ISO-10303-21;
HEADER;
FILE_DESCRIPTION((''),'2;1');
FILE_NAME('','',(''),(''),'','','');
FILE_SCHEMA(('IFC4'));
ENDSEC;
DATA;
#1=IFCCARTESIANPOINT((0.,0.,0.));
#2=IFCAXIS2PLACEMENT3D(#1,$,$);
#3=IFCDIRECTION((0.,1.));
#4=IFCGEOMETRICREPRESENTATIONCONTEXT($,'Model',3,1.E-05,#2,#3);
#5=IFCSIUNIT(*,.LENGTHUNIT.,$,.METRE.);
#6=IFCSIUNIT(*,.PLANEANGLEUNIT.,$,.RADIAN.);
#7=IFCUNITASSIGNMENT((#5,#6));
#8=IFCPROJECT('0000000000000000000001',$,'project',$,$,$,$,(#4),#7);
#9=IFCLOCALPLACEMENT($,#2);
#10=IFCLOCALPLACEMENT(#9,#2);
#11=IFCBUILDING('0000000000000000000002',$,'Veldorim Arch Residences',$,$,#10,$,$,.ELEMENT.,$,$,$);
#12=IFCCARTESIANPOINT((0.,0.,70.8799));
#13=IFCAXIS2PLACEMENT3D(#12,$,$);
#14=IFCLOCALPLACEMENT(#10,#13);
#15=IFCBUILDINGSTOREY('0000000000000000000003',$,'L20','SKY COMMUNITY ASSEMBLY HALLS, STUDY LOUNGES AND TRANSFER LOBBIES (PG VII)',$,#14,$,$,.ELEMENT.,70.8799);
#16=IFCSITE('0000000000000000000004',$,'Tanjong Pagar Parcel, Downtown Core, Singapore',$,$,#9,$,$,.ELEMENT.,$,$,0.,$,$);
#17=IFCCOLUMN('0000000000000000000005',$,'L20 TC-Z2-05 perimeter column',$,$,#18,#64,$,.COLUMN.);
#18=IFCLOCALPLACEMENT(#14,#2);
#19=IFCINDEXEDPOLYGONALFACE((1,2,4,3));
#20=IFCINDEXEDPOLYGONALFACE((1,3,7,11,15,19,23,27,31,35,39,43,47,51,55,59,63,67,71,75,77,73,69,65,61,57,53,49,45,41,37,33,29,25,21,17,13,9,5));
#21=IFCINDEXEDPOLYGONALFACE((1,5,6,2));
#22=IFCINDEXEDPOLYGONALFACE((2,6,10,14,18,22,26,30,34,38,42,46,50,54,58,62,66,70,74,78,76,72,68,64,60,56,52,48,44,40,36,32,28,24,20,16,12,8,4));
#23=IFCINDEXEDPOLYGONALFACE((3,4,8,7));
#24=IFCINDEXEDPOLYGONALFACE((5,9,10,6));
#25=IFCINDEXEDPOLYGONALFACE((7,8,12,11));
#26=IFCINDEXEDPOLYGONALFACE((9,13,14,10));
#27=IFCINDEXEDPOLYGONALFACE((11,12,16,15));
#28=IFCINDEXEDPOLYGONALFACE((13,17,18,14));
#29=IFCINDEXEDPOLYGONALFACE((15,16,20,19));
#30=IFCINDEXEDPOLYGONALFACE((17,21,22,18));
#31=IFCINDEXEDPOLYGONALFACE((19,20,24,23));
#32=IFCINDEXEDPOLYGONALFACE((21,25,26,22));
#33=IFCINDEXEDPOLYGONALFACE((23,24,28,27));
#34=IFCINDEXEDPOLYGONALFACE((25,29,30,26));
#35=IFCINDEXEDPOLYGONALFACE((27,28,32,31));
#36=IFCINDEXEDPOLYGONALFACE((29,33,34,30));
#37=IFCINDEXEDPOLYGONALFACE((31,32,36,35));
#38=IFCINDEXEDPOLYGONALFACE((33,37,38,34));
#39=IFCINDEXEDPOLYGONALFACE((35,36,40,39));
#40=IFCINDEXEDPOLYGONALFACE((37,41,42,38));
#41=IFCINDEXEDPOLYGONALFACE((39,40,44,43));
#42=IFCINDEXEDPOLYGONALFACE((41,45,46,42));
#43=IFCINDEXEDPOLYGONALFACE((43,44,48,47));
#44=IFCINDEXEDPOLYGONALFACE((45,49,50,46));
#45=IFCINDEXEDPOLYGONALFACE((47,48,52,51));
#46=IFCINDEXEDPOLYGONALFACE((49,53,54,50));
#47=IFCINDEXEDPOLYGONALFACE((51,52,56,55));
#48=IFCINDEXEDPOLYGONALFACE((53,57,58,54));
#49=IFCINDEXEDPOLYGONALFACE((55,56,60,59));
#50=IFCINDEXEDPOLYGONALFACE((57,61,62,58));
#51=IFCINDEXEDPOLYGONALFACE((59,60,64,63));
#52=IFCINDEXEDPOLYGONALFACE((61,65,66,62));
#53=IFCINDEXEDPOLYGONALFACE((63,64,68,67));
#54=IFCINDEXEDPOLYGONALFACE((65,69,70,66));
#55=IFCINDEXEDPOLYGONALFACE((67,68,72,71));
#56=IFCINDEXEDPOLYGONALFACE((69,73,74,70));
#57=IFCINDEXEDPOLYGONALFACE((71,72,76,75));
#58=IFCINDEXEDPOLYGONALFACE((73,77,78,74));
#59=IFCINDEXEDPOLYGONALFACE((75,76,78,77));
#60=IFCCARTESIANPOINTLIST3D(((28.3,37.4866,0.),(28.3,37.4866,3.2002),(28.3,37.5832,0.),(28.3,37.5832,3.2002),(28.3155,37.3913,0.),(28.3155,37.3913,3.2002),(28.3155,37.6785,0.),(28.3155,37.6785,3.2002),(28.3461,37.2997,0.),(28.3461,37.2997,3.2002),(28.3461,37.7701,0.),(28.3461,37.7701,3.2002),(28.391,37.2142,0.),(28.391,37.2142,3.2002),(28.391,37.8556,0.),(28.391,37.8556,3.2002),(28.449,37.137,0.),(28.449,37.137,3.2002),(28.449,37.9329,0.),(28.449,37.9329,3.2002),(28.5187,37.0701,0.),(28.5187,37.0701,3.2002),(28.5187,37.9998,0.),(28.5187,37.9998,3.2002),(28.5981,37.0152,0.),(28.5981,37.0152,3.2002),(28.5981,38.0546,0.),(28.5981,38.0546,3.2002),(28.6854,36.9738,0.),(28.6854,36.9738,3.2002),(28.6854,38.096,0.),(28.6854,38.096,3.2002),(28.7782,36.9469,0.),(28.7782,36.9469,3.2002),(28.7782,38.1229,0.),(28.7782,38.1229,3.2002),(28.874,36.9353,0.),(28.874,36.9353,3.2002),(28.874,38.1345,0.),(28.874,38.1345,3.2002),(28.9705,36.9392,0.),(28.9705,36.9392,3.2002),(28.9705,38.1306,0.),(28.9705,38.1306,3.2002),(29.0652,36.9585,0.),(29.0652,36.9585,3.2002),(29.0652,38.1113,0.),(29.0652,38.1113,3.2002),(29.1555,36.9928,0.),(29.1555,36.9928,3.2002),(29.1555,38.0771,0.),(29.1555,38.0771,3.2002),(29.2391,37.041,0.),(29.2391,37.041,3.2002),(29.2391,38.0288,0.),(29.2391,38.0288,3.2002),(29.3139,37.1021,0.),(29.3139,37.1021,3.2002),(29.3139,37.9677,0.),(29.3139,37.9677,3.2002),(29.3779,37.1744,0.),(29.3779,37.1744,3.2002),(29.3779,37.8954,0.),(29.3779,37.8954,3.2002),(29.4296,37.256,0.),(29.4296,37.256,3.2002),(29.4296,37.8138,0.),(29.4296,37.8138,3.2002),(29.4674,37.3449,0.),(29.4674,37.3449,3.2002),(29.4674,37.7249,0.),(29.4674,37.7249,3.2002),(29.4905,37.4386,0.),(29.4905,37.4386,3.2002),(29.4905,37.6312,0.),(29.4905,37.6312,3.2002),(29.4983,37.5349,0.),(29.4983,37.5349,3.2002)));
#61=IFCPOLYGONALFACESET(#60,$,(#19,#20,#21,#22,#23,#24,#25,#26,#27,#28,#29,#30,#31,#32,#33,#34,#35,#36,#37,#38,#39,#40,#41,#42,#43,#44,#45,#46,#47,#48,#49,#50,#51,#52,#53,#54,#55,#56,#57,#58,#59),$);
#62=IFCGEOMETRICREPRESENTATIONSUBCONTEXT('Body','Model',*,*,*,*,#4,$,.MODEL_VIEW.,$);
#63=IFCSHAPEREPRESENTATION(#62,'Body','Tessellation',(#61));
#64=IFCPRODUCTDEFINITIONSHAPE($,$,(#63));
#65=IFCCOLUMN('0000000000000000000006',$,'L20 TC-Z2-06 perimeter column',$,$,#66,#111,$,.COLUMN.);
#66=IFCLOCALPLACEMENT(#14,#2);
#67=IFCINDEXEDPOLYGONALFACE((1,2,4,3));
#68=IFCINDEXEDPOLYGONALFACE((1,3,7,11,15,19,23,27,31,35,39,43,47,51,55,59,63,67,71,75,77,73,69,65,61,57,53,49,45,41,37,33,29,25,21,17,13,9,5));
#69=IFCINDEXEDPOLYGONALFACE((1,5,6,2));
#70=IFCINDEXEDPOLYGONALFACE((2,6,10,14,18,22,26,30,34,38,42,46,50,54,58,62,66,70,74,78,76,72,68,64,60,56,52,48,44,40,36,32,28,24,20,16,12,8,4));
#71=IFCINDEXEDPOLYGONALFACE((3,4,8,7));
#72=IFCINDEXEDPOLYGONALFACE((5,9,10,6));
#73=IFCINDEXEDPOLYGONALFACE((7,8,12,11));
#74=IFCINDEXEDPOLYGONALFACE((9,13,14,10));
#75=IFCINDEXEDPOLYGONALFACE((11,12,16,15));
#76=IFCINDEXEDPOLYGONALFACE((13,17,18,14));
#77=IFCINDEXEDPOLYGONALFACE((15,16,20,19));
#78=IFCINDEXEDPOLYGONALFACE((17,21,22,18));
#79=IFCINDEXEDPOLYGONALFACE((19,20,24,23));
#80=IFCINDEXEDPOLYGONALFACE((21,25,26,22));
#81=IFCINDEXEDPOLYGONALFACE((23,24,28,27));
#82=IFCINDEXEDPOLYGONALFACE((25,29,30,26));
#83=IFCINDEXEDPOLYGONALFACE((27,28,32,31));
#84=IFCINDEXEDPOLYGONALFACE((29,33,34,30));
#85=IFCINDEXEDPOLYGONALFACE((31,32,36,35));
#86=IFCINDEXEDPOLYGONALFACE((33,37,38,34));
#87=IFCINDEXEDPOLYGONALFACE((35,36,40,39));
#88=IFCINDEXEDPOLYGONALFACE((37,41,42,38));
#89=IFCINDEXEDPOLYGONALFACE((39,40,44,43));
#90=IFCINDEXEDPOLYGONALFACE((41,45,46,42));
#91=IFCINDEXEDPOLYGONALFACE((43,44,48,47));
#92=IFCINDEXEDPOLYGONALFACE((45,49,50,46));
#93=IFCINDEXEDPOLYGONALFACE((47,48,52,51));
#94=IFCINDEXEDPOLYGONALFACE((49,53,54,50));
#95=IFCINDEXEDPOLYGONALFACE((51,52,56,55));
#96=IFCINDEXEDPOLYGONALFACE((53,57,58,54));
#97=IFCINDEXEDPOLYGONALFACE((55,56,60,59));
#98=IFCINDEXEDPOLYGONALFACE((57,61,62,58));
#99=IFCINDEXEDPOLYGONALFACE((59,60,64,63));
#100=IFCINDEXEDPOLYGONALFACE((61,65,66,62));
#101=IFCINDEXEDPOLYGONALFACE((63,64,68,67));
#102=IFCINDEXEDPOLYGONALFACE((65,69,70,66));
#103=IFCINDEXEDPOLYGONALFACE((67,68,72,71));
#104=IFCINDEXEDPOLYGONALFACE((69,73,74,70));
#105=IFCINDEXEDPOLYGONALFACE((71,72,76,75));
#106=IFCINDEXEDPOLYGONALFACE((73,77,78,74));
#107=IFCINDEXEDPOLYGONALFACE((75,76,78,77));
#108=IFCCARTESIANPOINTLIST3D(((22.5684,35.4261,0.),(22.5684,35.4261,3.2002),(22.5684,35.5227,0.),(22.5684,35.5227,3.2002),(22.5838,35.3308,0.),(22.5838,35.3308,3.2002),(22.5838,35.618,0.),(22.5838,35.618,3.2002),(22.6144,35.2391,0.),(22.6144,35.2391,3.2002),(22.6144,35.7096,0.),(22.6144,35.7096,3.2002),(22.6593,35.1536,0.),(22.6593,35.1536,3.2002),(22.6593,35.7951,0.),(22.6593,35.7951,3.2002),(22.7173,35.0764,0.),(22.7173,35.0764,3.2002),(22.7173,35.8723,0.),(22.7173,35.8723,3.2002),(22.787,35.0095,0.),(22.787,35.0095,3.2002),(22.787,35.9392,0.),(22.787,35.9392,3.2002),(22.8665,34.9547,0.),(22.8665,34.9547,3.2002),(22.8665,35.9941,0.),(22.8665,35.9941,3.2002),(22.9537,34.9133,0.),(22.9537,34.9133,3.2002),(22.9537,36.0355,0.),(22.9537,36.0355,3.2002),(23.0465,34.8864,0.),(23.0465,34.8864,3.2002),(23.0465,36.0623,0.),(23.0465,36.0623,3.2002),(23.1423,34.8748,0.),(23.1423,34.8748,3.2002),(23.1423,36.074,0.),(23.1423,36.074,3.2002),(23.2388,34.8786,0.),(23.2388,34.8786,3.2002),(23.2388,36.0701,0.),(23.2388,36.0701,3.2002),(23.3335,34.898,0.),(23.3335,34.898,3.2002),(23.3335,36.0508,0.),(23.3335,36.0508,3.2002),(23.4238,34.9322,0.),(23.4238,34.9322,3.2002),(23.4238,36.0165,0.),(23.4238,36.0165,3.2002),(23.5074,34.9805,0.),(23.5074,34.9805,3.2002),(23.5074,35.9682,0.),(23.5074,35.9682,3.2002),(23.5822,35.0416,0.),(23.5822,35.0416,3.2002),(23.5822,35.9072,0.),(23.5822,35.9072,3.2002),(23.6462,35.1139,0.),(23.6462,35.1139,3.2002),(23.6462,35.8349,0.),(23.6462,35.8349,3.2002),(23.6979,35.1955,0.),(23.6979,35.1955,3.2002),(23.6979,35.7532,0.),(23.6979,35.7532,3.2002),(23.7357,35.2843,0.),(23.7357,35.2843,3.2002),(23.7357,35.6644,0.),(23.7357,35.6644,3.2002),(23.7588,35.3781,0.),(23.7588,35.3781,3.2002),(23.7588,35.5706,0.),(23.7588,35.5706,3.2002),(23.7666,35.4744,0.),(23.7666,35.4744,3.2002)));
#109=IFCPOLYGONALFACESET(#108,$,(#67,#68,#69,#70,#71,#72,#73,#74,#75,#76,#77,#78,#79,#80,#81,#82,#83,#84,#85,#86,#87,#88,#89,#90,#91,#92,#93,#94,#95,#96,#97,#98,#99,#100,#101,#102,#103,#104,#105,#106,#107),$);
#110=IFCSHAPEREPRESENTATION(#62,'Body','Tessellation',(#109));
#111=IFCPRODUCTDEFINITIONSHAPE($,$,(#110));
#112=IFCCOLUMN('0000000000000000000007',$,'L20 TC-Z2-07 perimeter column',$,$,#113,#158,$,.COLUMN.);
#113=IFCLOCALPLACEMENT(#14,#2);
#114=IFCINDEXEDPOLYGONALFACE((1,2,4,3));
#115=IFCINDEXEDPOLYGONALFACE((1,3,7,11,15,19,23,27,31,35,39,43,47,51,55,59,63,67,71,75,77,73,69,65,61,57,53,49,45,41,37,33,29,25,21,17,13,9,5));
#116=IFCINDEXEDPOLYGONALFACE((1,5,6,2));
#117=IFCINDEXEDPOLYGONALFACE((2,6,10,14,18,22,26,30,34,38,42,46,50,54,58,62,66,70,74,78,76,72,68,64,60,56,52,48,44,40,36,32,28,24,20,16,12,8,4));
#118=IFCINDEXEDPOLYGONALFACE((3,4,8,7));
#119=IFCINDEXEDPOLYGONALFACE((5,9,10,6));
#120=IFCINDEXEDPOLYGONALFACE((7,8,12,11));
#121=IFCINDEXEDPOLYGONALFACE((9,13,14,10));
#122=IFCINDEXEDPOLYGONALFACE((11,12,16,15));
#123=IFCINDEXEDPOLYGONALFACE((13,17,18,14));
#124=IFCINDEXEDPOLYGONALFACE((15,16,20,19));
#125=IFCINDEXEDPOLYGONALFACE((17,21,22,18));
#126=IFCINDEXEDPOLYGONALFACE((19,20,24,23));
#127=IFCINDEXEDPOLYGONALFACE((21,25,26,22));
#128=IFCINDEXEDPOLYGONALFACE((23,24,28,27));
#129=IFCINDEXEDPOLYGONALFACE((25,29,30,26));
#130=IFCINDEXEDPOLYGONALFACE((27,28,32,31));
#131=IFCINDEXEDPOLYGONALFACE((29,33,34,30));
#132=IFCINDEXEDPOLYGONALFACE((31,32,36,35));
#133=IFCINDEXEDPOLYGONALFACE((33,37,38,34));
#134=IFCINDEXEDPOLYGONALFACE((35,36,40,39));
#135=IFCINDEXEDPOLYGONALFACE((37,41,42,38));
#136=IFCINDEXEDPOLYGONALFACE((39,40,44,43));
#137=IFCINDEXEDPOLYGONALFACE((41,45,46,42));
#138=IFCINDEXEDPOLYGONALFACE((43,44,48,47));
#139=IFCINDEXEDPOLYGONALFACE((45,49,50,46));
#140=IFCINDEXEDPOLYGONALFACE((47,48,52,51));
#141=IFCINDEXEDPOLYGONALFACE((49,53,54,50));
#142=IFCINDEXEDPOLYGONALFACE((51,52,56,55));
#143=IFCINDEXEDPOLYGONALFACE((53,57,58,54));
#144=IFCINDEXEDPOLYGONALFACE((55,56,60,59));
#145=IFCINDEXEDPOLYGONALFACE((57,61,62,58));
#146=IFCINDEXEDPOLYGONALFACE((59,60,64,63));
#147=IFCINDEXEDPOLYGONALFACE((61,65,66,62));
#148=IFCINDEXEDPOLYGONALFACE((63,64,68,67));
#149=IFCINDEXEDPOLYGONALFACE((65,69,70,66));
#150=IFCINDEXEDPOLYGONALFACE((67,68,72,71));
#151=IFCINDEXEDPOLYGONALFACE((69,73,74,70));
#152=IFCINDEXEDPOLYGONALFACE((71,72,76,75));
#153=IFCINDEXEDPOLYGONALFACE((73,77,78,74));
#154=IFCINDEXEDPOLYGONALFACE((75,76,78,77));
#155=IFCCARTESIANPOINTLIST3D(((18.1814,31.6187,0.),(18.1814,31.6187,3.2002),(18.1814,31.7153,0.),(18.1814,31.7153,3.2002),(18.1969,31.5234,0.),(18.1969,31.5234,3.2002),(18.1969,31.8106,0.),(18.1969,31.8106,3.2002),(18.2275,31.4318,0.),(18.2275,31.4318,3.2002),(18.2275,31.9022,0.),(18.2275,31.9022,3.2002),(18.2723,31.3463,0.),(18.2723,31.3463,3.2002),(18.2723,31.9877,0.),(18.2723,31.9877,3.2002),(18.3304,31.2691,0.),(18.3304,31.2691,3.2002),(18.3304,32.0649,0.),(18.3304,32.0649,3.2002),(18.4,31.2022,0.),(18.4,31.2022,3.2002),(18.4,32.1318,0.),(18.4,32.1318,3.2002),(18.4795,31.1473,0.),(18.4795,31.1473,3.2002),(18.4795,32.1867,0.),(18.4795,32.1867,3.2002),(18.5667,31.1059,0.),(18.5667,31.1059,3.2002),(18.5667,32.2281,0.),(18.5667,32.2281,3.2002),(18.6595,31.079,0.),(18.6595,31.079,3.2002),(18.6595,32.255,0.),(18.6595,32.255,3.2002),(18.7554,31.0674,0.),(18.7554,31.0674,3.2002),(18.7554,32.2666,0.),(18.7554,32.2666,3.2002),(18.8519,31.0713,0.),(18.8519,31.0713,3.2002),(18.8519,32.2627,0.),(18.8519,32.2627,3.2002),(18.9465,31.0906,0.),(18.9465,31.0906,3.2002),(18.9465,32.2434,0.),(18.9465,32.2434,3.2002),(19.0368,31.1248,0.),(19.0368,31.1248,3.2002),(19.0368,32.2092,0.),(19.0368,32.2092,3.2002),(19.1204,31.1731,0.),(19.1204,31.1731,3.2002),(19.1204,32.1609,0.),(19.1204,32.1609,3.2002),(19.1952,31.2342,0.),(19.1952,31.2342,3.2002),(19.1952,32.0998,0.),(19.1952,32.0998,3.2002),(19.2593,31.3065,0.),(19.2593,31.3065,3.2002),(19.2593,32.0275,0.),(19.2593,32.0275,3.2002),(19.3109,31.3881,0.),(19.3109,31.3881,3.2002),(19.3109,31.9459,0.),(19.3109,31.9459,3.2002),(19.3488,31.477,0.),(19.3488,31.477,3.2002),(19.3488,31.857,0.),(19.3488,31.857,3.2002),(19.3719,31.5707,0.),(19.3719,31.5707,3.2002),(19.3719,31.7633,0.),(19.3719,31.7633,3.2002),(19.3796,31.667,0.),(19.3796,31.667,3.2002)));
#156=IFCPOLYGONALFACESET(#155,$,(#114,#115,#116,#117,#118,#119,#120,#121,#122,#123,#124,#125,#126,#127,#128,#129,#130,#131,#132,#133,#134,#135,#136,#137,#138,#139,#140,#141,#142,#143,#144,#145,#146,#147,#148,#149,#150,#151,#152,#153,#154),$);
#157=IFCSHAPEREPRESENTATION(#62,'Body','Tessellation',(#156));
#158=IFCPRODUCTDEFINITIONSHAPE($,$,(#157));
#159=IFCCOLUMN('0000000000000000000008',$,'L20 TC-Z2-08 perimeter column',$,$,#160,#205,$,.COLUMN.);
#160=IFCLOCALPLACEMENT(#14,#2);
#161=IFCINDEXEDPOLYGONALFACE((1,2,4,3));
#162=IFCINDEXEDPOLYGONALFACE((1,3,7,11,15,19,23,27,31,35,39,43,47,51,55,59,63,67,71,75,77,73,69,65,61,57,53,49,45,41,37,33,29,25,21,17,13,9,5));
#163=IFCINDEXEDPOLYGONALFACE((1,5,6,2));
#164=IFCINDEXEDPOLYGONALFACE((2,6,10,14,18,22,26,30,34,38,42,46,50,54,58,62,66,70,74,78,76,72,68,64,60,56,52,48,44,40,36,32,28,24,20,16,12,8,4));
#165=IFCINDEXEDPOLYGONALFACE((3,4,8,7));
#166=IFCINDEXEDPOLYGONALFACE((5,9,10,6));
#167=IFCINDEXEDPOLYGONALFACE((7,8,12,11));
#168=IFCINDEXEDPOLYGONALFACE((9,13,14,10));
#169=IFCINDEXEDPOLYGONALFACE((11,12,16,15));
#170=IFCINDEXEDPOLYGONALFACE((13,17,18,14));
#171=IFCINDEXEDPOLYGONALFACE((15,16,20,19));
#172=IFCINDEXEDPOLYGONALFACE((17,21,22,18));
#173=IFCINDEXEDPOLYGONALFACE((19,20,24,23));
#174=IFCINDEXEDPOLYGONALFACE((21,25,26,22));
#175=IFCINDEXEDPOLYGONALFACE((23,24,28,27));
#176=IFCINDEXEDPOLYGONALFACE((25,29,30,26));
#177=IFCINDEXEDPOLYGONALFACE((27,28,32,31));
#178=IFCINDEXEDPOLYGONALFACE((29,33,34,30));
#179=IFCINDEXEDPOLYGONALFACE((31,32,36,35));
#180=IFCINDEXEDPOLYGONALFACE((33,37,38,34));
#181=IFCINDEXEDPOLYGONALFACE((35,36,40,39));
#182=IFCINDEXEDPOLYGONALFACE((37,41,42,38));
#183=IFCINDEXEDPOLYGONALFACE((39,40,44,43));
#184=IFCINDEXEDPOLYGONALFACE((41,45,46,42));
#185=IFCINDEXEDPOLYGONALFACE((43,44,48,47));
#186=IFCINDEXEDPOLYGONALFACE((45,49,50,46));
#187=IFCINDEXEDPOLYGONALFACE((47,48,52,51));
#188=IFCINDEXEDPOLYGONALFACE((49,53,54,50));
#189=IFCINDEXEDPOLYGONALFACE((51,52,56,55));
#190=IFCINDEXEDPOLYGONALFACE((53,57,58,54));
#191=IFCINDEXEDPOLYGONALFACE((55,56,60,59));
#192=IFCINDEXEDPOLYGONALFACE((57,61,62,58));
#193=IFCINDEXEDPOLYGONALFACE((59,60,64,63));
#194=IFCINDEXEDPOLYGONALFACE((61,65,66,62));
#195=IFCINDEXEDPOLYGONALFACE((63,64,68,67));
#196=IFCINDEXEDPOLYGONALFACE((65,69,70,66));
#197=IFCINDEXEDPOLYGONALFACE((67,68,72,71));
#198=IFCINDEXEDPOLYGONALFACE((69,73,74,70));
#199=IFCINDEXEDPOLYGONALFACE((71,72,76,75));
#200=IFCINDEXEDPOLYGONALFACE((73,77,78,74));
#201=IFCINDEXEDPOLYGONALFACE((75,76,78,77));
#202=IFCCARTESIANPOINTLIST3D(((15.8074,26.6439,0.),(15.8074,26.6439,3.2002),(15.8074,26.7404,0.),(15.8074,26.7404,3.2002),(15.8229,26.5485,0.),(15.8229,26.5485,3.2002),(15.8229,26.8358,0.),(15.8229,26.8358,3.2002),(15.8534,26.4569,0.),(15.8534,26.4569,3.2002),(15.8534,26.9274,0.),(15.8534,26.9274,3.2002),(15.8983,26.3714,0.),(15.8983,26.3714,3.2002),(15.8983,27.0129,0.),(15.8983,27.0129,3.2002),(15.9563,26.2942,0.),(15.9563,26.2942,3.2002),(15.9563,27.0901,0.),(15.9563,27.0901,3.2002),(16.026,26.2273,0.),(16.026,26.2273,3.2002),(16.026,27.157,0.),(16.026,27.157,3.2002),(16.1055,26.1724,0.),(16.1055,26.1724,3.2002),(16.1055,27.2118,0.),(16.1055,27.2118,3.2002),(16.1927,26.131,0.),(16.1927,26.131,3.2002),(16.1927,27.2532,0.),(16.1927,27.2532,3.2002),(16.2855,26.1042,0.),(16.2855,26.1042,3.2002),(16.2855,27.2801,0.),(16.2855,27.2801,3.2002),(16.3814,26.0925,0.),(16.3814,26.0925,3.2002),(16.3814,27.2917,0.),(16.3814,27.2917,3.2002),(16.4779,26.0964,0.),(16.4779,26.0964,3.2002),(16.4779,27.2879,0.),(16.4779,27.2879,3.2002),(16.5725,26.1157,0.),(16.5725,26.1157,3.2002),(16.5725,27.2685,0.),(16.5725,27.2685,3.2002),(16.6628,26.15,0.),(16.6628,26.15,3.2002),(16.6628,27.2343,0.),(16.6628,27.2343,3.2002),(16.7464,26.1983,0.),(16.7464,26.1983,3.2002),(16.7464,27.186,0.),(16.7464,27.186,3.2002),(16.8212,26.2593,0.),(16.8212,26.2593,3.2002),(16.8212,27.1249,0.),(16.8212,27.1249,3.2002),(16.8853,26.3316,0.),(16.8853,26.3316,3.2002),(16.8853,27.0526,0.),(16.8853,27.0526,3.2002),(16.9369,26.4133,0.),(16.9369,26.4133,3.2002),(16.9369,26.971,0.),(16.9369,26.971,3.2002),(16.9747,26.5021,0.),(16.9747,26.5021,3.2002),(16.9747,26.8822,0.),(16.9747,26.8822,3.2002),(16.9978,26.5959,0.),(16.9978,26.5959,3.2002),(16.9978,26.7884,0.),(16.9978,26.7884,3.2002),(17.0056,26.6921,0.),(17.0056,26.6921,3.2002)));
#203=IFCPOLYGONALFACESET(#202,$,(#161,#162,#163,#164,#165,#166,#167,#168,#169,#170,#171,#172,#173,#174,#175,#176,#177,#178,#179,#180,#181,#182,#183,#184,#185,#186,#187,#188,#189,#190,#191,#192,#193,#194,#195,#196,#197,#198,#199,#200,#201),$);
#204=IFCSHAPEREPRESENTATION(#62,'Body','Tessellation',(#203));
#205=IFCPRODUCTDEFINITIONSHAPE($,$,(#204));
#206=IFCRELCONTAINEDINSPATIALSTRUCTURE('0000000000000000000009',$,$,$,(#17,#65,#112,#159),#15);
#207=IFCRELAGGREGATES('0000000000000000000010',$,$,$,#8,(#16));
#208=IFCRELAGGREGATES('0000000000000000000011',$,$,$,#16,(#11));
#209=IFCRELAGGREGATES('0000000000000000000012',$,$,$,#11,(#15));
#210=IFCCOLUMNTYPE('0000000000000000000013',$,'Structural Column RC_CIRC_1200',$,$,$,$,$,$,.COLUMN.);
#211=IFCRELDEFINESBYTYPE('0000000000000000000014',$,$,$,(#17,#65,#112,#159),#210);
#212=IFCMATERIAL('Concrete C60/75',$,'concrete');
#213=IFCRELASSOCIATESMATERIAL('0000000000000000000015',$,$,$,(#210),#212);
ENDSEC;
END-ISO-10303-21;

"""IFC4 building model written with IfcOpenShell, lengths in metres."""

from ifc_helpers import new_model, si_unit, direction, frame, origin, origin_2d, place, context, subcontext, project, spatial, circle, extrude, material, material_profile, profile_set, type_object, element, save


model = new_model("IFC4")

# Units and contexts
model_context = context("Model", 3, precision=1e-05, world=origin(), true_north=direction((0.0, 1.0)))
body_context = subcontext(model_context, "Body", "Model", "MODEL_VIEW")
ifc_project = project(units=[si_unit("LENGTHUNIT", "METRE"), si_unit("PLANEANGLEUNIT", "RADIAN")], contexts=[model_context])

# Site, building, storey
site_placement = place(None, origin())
site = spatial("IfcSite", under=ifc_project, at=site_placement, Name="Tanjong Pagar Parcel, Downtown Core, Singapore", CompositionType="ELEMENT", RefElevation=0.0)
building_placement = place(site_placement, origin())
building = spatial("IfcBuilding", under=site, at=building_placement, Name="Veldorim Arch Residences", CompositionType="ELEMENT")
storey_placement = place(building_placement, frame((0.0, 0.0, 70.8799)))
storey = spatial("IfcBuildingStorey", under=building, at=storey_placement, Name="L20", Description="SKY COMMUNITY ASSEMBLY HALLS, STUDY LOUNGES AND TRANSFER LOBBIES (PG VII)", CompositionType="ELEMENT", Elevation=70.8799)

# Columns
ifc_material_1 = material(Name="Concrete C60/75", Category="concrete")
ifc_material_profile_1 = material_profile(ifc_material_1, circle(Radius=0.6001, at=origin_2d()), Name="RC_CIRC_1200")
ifc_profile_set_1 = profile_set([ifc_material_profile_1], Name="Concrete C60/75")
column_type = type_object("IfcColumnType", Name="Structural Column RC_CIRC_1200", PredefinedType="COLUMN", material=ifc_profile_set_1)
for number, where, z_axis, x_axis, name in (
    (1, (28.8982, 37.5349, 0.0), (0.0, 0.0, 1.0), (1.0, 0.0, 0.0), "L20 TC-Z2-05 perimeter column"),
    (2, (23.1665, 35.4744, 0.0), (0.0, 0.0, 1.0), (1.0, 0.0, 0.0), "L20 TC-Z2-06 perimeter column"),
    (3, (18.7795, 31.667, 0.0), (0.0, 0.0, 1.0), (1.0, 0.0, 0.0), "L20 TC-Z2-07 perimeter column"),
    (4, (16.4055, 26.6921, 0.0), (0.0, 0.0, 1.0), (1.0, 0.0, 0.0), "L20 TC-Z2-08 perimeter column"),
):
    element("IfcColumn", number, at=place(storey_placement, frame(where, z_axis=z_axis, x_axis=x_axis)), inside=storey, type_object=column_type, Name=name, PredefinedType="COLUMN", context=body_context, shape_type="SweptSolid", body=[
        extrude(circle(Radius=0.6001, at=origin_2d()), origin(), (0.0, 0.0, 1.0), 3.2002),
    ])

save(model, "model.ifc")
